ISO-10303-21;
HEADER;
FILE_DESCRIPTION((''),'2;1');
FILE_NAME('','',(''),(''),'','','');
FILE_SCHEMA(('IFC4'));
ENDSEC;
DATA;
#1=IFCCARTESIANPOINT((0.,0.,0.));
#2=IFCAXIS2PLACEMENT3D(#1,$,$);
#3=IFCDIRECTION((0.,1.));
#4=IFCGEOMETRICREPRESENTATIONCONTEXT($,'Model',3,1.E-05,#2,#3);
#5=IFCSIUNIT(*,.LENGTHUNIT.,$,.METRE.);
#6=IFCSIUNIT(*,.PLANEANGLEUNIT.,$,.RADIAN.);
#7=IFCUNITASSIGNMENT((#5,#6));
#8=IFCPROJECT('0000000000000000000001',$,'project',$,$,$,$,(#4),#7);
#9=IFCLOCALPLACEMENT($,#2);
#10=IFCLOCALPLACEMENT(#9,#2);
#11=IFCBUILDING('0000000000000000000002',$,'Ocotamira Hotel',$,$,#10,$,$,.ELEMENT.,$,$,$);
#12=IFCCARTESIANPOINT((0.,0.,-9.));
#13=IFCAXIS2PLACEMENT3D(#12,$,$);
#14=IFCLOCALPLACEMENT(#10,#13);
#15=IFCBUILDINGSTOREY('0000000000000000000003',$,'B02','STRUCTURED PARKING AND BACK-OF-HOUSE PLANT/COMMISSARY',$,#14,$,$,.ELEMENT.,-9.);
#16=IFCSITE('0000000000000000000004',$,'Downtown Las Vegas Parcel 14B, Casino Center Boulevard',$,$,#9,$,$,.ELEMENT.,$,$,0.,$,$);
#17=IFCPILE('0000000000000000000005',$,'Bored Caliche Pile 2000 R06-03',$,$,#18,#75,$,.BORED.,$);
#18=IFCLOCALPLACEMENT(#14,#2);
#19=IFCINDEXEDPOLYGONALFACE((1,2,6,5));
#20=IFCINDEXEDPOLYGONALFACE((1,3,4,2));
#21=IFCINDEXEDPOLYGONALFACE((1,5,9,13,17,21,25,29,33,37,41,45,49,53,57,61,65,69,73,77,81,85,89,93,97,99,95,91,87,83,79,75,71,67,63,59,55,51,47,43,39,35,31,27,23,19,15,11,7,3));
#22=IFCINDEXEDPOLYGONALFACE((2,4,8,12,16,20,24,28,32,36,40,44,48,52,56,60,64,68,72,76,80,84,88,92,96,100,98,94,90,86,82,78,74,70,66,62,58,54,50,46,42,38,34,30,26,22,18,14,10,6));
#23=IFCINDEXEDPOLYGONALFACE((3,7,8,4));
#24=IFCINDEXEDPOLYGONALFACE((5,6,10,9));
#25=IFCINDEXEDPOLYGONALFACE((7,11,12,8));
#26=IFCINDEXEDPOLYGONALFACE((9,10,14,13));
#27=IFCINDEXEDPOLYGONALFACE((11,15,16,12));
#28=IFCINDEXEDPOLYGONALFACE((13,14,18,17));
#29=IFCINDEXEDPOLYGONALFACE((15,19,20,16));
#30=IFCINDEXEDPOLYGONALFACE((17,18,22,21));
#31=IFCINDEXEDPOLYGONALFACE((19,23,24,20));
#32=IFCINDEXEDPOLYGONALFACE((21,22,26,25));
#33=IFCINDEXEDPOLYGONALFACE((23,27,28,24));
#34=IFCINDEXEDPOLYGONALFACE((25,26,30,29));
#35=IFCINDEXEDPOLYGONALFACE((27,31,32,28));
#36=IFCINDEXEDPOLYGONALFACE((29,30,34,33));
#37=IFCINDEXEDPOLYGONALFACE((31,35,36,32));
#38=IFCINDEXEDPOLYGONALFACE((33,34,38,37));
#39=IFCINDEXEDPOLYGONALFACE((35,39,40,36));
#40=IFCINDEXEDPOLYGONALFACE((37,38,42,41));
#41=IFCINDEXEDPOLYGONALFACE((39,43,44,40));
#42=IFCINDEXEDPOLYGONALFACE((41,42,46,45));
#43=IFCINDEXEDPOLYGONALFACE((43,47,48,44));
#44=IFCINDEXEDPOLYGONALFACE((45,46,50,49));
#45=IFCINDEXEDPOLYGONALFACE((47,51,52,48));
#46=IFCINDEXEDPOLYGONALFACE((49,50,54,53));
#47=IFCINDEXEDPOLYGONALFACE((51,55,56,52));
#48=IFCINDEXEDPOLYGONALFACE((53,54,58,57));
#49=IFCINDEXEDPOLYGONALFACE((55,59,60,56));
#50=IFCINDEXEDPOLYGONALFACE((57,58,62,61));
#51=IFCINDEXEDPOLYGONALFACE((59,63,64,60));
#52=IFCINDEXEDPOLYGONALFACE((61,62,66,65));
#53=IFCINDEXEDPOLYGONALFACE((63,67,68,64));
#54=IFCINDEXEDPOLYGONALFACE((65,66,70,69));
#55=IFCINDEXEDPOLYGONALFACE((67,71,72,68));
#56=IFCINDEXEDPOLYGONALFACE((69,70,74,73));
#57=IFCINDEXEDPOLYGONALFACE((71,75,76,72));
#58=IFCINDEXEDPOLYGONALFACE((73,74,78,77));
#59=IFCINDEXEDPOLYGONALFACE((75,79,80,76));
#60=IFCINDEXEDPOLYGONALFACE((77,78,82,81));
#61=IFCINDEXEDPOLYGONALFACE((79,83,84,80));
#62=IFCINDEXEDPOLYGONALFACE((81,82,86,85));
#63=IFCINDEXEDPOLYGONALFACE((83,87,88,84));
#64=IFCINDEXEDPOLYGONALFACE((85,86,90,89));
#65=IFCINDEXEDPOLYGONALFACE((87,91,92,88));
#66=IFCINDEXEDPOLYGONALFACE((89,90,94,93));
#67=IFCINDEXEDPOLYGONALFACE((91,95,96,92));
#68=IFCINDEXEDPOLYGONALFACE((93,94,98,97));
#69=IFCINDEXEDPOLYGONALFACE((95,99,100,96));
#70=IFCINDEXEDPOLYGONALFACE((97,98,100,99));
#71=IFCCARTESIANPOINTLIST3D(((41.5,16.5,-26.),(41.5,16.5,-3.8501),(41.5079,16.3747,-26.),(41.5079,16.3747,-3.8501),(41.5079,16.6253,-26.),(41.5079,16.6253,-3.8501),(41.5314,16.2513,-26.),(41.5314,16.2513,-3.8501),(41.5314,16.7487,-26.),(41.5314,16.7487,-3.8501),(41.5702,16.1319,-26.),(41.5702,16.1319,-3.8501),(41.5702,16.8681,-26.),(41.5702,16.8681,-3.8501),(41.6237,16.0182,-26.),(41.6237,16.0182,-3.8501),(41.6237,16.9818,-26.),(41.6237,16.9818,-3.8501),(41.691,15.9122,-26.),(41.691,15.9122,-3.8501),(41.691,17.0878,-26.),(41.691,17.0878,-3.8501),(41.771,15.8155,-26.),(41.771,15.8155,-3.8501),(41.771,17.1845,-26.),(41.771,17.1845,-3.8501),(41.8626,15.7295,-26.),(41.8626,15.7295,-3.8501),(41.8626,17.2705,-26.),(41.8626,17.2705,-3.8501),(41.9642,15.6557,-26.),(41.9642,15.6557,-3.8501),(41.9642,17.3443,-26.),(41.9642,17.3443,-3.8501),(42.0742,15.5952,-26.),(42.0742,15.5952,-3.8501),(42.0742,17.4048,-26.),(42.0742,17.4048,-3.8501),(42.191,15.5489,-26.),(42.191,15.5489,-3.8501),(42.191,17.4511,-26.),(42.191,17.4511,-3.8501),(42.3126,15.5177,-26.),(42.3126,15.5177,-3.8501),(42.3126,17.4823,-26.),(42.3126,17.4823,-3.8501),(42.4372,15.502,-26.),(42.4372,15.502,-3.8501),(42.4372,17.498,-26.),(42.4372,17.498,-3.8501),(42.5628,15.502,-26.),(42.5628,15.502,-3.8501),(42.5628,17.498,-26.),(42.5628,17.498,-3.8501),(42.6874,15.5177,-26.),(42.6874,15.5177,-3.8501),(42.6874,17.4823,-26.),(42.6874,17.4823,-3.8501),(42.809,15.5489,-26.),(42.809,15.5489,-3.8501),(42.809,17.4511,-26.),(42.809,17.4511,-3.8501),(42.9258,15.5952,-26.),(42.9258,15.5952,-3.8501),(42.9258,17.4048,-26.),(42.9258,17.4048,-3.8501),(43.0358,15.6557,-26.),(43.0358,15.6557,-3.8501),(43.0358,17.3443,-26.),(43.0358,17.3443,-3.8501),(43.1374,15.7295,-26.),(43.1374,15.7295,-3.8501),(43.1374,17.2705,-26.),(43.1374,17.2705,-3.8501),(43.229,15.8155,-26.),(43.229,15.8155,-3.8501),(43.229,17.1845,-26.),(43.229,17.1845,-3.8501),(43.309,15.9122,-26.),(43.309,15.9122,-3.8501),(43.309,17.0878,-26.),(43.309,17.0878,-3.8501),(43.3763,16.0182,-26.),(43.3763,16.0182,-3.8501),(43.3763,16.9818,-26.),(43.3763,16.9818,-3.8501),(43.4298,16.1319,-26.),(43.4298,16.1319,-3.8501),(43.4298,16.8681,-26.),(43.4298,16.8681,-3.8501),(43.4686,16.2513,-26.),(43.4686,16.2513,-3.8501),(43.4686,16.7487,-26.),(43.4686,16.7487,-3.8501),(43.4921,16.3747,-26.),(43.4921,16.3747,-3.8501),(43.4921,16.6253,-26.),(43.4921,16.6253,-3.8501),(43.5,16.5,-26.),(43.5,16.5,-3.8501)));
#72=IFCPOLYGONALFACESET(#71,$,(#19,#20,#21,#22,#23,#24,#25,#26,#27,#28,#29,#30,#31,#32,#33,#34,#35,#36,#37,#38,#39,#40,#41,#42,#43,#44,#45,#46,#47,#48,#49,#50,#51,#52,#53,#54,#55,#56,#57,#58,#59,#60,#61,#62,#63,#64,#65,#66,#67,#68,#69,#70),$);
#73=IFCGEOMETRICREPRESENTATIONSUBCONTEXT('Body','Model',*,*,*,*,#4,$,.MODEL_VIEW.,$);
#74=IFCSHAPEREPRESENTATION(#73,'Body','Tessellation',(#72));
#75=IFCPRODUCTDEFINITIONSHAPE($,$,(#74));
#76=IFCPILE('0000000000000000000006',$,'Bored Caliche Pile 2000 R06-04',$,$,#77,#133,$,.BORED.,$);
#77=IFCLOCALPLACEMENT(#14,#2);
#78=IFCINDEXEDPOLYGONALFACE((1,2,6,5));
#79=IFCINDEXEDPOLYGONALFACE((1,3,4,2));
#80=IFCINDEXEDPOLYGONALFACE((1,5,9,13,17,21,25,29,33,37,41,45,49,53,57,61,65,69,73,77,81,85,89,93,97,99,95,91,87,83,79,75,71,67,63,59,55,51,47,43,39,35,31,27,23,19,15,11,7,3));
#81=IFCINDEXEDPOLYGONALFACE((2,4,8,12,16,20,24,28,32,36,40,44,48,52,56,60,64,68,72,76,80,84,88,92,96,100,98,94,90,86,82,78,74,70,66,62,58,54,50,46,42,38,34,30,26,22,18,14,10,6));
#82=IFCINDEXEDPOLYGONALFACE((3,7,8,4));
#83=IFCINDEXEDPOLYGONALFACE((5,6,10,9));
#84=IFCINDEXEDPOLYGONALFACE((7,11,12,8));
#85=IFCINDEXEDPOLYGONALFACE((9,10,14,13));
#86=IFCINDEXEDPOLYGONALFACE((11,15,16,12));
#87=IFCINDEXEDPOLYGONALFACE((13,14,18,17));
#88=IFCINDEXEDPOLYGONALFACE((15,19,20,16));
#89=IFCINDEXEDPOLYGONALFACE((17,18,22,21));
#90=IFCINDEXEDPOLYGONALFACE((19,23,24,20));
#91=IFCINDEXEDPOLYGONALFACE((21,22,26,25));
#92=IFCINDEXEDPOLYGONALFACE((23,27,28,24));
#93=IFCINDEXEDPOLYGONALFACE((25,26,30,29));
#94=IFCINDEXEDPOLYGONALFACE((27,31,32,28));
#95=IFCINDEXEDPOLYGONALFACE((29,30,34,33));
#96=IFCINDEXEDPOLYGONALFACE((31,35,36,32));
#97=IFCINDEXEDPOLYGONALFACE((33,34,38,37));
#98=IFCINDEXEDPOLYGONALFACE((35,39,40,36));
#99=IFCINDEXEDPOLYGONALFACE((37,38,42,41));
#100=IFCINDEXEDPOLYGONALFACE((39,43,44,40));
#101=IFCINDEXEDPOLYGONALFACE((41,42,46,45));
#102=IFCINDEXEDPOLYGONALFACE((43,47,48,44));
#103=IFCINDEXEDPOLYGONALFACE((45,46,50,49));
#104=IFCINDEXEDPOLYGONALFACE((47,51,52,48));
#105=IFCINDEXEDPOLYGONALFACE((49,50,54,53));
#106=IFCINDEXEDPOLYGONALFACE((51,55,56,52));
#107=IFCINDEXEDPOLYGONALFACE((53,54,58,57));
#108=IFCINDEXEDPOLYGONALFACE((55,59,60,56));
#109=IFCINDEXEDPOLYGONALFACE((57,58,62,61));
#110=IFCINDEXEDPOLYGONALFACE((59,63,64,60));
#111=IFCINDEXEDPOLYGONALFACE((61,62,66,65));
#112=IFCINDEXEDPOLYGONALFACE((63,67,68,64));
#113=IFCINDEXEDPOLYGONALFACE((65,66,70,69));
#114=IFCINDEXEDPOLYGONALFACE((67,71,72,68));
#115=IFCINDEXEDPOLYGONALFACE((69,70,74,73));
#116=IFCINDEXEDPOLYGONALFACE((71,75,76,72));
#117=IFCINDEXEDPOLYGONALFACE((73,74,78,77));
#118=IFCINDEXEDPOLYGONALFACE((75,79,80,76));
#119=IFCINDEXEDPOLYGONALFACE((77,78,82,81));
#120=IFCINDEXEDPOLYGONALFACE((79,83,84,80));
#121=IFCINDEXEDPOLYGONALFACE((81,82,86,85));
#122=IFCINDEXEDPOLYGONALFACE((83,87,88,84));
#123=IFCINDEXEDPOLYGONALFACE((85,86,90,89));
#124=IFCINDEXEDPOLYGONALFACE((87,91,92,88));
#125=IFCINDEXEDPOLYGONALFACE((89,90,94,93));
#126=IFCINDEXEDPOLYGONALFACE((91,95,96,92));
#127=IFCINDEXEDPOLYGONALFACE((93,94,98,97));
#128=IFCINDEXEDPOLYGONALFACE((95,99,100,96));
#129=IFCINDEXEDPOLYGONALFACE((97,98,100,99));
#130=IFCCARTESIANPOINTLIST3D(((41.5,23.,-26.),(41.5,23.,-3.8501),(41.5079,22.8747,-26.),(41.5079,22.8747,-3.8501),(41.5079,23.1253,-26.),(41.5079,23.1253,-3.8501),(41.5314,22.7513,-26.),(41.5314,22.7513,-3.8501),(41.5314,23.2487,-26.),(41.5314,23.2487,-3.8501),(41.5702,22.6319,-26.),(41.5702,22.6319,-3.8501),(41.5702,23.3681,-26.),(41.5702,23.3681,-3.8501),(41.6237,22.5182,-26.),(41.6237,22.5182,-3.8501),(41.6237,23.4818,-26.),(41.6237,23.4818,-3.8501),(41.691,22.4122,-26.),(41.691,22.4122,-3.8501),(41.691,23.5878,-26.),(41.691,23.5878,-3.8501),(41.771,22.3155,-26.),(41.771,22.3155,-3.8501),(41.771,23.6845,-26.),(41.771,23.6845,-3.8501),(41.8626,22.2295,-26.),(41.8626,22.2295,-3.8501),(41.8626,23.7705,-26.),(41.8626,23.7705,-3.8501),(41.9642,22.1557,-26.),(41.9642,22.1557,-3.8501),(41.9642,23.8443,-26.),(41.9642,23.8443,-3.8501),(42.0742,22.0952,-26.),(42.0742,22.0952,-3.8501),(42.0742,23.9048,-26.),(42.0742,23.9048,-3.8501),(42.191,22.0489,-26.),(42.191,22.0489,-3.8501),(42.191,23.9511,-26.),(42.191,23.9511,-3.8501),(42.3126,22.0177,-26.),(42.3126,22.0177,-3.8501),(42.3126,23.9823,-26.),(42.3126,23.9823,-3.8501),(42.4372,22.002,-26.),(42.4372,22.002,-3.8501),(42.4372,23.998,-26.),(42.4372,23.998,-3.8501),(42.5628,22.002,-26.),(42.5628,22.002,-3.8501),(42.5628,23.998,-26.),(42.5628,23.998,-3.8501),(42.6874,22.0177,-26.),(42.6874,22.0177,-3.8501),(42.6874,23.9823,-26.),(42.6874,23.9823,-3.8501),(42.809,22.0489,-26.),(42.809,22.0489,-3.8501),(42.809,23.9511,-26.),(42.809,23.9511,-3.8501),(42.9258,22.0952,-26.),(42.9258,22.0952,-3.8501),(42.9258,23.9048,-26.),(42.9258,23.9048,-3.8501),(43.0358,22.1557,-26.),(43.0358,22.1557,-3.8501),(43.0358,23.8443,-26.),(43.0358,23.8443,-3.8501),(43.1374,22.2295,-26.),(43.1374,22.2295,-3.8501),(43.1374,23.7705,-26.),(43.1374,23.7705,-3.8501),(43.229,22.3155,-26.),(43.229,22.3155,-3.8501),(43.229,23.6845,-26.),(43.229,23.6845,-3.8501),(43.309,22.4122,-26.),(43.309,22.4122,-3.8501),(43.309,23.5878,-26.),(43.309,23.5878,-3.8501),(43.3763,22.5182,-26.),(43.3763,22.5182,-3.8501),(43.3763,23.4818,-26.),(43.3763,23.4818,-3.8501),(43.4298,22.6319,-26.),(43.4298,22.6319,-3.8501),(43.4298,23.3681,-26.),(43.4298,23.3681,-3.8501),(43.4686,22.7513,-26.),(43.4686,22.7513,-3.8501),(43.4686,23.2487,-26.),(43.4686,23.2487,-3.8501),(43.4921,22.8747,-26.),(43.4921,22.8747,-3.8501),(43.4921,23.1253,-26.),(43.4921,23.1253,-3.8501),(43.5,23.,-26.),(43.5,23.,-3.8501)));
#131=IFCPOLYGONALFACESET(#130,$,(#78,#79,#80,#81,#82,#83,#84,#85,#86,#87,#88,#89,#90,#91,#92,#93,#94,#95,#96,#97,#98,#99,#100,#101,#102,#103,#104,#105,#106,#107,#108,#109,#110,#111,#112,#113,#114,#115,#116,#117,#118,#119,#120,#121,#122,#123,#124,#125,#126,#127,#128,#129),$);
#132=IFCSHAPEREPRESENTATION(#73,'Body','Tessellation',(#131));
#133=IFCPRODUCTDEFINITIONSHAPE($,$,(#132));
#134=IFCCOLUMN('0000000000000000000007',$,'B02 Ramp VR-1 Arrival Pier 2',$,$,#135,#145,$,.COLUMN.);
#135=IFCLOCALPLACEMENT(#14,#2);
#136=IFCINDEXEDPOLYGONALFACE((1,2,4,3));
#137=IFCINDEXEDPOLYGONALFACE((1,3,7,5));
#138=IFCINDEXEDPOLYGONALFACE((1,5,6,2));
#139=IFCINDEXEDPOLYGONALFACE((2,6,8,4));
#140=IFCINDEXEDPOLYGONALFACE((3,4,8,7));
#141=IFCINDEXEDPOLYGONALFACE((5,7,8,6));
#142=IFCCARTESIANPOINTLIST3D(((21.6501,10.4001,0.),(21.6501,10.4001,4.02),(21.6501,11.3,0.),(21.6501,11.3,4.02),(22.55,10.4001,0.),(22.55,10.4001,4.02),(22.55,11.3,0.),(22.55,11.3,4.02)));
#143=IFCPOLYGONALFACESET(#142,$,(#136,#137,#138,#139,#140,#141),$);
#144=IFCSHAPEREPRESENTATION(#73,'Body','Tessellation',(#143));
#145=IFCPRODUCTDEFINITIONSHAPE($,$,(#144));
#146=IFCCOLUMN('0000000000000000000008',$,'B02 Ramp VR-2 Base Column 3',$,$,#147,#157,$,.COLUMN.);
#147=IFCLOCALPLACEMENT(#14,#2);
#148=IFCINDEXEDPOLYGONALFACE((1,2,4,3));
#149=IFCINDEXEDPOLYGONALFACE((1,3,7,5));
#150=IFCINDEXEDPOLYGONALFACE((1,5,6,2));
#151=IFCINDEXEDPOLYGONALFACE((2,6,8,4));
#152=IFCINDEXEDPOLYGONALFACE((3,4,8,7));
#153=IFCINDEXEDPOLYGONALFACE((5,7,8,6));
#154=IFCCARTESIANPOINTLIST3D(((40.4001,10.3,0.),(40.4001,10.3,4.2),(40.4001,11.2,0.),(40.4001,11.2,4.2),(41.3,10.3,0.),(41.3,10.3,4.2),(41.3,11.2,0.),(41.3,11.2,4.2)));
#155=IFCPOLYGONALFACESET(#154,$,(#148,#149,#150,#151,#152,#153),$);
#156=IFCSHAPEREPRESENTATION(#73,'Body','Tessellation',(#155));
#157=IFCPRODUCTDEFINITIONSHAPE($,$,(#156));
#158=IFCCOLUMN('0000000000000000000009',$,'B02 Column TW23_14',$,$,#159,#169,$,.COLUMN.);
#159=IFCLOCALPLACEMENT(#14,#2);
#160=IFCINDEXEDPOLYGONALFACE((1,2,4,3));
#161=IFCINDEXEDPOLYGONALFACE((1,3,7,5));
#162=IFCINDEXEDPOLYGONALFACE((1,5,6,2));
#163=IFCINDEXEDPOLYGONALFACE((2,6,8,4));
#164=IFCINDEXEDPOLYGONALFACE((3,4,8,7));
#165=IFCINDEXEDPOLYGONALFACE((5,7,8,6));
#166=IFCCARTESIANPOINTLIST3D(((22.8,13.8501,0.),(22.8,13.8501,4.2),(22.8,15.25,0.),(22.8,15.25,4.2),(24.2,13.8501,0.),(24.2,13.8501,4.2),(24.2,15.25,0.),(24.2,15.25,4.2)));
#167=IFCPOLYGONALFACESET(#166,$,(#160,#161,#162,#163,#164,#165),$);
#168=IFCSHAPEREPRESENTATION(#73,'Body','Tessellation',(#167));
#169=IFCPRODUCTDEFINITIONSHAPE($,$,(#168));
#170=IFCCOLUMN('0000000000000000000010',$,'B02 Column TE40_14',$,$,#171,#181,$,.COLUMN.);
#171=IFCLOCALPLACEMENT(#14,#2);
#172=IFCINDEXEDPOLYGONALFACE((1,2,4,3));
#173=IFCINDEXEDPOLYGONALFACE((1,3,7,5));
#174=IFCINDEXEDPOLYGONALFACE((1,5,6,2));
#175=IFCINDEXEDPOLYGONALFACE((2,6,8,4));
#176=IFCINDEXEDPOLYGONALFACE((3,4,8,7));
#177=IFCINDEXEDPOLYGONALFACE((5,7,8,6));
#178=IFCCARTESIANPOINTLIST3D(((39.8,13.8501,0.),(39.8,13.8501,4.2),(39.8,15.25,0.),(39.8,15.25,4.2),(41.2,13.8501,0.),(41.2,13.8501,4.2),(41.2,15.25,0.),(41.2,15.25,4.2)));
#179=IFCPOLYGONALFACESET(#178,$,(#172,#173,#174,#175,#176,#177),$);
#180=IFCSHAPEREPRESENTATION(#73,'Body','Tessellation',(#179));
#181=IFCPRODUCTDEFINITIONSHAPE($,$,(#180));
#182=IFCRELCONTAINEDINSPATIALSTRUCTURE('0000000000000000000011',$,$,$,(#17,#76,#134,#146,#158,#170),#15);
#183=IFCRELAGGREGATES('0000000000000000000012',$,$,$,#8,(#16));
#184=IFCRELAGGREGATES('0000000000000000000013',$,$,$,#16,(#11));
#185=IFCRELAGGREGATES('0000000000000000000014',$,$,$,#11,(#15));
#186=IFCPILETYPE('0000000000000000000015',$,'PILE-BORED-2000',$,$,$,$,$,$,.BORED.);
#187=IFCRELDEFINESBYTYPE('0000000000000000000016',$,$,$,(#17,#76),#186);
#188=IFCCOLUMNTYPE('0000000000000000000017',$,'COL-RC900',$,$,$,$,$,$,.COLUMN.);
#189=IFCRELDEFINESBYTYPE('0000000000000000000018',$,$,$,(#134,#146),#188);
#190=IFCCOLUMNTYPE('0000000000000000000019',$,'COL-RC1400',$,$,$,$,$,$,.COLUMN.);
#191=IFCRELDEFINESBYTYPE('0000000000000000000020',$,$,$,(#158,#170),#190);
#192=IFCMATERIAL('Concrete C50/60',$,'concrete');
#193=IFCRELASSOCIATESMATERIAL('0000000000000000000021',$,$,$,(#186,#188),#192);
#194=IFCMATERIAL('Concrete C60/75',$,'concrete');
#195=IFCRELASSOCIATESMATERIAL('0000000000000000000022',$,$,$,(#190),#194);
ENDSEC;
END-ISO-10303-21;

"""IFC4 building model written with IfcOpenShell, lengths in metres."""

from ifc_helpers import new_model, si_unit, direction, frame, origin, origin_2d, place, context, subcontext, project, spatial, rectangle, circle, extrude, source, transform, mapped, material, material_profile, profile_set, type_object, element, save


model = new_model("IFC4")

# Units and contexts
model_context = context("Model", 3, precision=1e-05, world=origin(), true_north=direction((0.0, 1.0)))
body_context = subcontext(model_context, "Body", "Model", "MODEL_VIEW")
ifc_project = project(units=[si_unit("LENGTHUNIT", "METRE"), si_unit("PLANEANGLEUNIT", "RADIAN")], contexts=[model_context])

# Site, building, storey
site_placement = place(None, origin())
site = spatial("IfcSite", under=ifc_project, at=site_placement, Name="Downtown Las Vegas Parcel 14B, Casino Center Boulevard", CompositionType="ELEMENT", RefElevation=0.0)
building_placement = place(site_placement, origin())
building = spatial("IfcBuilding", under=site, at=building_placement, Name="Ocotamira Hotel", CompositionType="ELEMENT")
storey_placement = place(building_placement, frame((0.0, 0.0, -9.0)))
storey = spatial("IfcBuildingStorey", under=building, at=storey_placement, Name="B02", Description="STRUCTURED PARKING AND BACK-OF-HOUSE PLANT/COMMISSARY", CompositionType="ELEMENT", Elevation=-9.0)

# Piles
ifc_material_1 = material(Name="Concrete C50/60", Category="concrete")
ifc_material_profile_1 = material_profile(ifc_material_1, circle(Radius=1.0, at=origin_2d()), Name="PILE2000")
ifc_profile_set_1 = profile_set([ifc_material_profile_1], Name="Concrete C50/60")
pile_type_1 = type_object("IfcPileType", Name="PILE-BORED-2000", PredefinedType="BORED", material=ifc_profile_set_1)
shared_shape_1 = source(origin(), body_context, "Body", "SweptSolid", [
    extrude(circle(Radius=1.0, at=origin_2d()), origin(), (0.0, 0.0, 1.0), 22.1499),
])
for number, where, z_axis, x_axis, name in (
    (1, (42.5, 16.5, -3.8501), (0.0, 0.0, -1.0), (1.0, 0.0, 0.0), "Bored Caliche Pile 2000 R06-03"),
    (2, (42.5, 23.0, -3.8501), (0.0, 0.0, -1.0), (1.0, 0.0, 0.0), "Bored Caliche Pile 2000 R06-04"),
):
    element("IfcPile", number, at=place(storey_placement, frame(where, z_axis=z_axis, x_axis=x_axis)), inside=storey, type_object=pile_type_1, Name=name, PredefinedType="BORED", context=body_context, shape_type="MappedRepresentation", body=[
        mapped(shared_shape_1, transform((0.0, 0.0, 0.0), scale=1.0)),
    ])

# Columns
ifc_material_profile_2 = material_profile(ifc_material_1, rectangle(XDim=0.8999, YDim=0.8999, at=origin_2d()), Name="RC900X900")
ifc_profile_set_2 = profile_set([ifc_material_profile_2], Name="Concrete C50/60")
column_type_1 = type_object("IfcColumnType", Name="COL-RC900", PredefinedType="COLUMN", material=ifc_profile_set_2)
shared_shape_2 = source(origin(), body_context, "Body", "SweptSolid", [
    extrude(rectangle(XDim=0.8999, YDim=0.8999, at=origin_2d()), origin(), (0.0, 0.0, 1.0), 4.02),
])
column_1_placement = place(storey_placement, frame((22.1001, 10.8501, 0.0), z_axis=(0.0, 0.0, 1.0), x_axis=(1.0, 0.0, 0.0)))
element("IfcColumn", 3, at=column_1_placement, inside=storey, type_object=column_type_1, Name="B02 Ramp VR-1 Arrival Pier 2", PredefinedType="COLUMN", context=body_context, shape_type="MappedRepresentation", body=[
    mapped(shared_shape_2, transform((0.0, 0.0, 0.0), scale=1.0)),
])
shared_shape_3 = source(origin(), body_context, "Body", "SweptSolid", [
    extrude(rectangle(XDim=0.8999, YDim=0.8999, at=origin_2d()), origin(), (0.0, 0.0, 1.0), 4.2),
])
column_2_placement = place(storey_placement, frame((40.8501, 10.75, 0.0), z_axis=(0.0, 0.0, 1.0), x_axis=(1.0, 0.0, 0.0)))
element("IfcColumn", 4, at=column_2_placement, inside=storey, type_object=column_type_1, Name="B02 Ramp VR-2 Base Column 3", PredefinedType="COLUMN", context=body_context, shape_type="MappedRepresentation", body=[
    mapped(shared_shape_3, transform((0.0, 0.0, 0.0), scale=1.0)),
])
ifc_material_2 = material(Name="Concrete C60/75", Category="concrete")
ifc_material_profile_3 = material_profile(ifc_material_2, rectangle(XDim=1.3999, YDim=1.3999, at=origin_2d()), Name="RC1400X1400")
ifc_profile_set_3 = profile_set([ifc_material_profile_3], Name="Concrete C60/75")
column_type_2 = type_object("IfcColumnType", Name="COL-RC1400", PredefinedType="COLUMN", material=ifc_profile_set_3)
shared_shape_4 = source(origin(), body_context, "Body", "SweptSolid", [
    extrude(rectangle(XDim=1.3999, YDim=1.3999, at=origin_2d()), origin(), (0.0, 0.0, 1.0), 4.2),
])
for number, where, z_axis, x_axis, name in (
    (5, (23.5, 14.55, 0.0), (0.0, 0.0, 1.0), (1.0, 0.0, 0.0), "B02 Column TW23_14"),
    (6, (40.5, 14.55, 0.0), (0.0, 0.0, 1.0), (1.0, 0.0, 0.0), "B02 Column TE40_14"),
):
    element("IfcColumn", number, at=place(storey_placement, frame(where, z_axis=z_axis, x_axis=x_axis)), inside=storey, type_object=column_type_2, Name=name, PredefinedType="COLUMN", context=body_context, shape_type="MappedRepresentation", body=[
        mapped(shared_shape_4, transform((0.0, 0.0, 0.0), scale=1.0)),
    ])

save(model, "model.ifc")
